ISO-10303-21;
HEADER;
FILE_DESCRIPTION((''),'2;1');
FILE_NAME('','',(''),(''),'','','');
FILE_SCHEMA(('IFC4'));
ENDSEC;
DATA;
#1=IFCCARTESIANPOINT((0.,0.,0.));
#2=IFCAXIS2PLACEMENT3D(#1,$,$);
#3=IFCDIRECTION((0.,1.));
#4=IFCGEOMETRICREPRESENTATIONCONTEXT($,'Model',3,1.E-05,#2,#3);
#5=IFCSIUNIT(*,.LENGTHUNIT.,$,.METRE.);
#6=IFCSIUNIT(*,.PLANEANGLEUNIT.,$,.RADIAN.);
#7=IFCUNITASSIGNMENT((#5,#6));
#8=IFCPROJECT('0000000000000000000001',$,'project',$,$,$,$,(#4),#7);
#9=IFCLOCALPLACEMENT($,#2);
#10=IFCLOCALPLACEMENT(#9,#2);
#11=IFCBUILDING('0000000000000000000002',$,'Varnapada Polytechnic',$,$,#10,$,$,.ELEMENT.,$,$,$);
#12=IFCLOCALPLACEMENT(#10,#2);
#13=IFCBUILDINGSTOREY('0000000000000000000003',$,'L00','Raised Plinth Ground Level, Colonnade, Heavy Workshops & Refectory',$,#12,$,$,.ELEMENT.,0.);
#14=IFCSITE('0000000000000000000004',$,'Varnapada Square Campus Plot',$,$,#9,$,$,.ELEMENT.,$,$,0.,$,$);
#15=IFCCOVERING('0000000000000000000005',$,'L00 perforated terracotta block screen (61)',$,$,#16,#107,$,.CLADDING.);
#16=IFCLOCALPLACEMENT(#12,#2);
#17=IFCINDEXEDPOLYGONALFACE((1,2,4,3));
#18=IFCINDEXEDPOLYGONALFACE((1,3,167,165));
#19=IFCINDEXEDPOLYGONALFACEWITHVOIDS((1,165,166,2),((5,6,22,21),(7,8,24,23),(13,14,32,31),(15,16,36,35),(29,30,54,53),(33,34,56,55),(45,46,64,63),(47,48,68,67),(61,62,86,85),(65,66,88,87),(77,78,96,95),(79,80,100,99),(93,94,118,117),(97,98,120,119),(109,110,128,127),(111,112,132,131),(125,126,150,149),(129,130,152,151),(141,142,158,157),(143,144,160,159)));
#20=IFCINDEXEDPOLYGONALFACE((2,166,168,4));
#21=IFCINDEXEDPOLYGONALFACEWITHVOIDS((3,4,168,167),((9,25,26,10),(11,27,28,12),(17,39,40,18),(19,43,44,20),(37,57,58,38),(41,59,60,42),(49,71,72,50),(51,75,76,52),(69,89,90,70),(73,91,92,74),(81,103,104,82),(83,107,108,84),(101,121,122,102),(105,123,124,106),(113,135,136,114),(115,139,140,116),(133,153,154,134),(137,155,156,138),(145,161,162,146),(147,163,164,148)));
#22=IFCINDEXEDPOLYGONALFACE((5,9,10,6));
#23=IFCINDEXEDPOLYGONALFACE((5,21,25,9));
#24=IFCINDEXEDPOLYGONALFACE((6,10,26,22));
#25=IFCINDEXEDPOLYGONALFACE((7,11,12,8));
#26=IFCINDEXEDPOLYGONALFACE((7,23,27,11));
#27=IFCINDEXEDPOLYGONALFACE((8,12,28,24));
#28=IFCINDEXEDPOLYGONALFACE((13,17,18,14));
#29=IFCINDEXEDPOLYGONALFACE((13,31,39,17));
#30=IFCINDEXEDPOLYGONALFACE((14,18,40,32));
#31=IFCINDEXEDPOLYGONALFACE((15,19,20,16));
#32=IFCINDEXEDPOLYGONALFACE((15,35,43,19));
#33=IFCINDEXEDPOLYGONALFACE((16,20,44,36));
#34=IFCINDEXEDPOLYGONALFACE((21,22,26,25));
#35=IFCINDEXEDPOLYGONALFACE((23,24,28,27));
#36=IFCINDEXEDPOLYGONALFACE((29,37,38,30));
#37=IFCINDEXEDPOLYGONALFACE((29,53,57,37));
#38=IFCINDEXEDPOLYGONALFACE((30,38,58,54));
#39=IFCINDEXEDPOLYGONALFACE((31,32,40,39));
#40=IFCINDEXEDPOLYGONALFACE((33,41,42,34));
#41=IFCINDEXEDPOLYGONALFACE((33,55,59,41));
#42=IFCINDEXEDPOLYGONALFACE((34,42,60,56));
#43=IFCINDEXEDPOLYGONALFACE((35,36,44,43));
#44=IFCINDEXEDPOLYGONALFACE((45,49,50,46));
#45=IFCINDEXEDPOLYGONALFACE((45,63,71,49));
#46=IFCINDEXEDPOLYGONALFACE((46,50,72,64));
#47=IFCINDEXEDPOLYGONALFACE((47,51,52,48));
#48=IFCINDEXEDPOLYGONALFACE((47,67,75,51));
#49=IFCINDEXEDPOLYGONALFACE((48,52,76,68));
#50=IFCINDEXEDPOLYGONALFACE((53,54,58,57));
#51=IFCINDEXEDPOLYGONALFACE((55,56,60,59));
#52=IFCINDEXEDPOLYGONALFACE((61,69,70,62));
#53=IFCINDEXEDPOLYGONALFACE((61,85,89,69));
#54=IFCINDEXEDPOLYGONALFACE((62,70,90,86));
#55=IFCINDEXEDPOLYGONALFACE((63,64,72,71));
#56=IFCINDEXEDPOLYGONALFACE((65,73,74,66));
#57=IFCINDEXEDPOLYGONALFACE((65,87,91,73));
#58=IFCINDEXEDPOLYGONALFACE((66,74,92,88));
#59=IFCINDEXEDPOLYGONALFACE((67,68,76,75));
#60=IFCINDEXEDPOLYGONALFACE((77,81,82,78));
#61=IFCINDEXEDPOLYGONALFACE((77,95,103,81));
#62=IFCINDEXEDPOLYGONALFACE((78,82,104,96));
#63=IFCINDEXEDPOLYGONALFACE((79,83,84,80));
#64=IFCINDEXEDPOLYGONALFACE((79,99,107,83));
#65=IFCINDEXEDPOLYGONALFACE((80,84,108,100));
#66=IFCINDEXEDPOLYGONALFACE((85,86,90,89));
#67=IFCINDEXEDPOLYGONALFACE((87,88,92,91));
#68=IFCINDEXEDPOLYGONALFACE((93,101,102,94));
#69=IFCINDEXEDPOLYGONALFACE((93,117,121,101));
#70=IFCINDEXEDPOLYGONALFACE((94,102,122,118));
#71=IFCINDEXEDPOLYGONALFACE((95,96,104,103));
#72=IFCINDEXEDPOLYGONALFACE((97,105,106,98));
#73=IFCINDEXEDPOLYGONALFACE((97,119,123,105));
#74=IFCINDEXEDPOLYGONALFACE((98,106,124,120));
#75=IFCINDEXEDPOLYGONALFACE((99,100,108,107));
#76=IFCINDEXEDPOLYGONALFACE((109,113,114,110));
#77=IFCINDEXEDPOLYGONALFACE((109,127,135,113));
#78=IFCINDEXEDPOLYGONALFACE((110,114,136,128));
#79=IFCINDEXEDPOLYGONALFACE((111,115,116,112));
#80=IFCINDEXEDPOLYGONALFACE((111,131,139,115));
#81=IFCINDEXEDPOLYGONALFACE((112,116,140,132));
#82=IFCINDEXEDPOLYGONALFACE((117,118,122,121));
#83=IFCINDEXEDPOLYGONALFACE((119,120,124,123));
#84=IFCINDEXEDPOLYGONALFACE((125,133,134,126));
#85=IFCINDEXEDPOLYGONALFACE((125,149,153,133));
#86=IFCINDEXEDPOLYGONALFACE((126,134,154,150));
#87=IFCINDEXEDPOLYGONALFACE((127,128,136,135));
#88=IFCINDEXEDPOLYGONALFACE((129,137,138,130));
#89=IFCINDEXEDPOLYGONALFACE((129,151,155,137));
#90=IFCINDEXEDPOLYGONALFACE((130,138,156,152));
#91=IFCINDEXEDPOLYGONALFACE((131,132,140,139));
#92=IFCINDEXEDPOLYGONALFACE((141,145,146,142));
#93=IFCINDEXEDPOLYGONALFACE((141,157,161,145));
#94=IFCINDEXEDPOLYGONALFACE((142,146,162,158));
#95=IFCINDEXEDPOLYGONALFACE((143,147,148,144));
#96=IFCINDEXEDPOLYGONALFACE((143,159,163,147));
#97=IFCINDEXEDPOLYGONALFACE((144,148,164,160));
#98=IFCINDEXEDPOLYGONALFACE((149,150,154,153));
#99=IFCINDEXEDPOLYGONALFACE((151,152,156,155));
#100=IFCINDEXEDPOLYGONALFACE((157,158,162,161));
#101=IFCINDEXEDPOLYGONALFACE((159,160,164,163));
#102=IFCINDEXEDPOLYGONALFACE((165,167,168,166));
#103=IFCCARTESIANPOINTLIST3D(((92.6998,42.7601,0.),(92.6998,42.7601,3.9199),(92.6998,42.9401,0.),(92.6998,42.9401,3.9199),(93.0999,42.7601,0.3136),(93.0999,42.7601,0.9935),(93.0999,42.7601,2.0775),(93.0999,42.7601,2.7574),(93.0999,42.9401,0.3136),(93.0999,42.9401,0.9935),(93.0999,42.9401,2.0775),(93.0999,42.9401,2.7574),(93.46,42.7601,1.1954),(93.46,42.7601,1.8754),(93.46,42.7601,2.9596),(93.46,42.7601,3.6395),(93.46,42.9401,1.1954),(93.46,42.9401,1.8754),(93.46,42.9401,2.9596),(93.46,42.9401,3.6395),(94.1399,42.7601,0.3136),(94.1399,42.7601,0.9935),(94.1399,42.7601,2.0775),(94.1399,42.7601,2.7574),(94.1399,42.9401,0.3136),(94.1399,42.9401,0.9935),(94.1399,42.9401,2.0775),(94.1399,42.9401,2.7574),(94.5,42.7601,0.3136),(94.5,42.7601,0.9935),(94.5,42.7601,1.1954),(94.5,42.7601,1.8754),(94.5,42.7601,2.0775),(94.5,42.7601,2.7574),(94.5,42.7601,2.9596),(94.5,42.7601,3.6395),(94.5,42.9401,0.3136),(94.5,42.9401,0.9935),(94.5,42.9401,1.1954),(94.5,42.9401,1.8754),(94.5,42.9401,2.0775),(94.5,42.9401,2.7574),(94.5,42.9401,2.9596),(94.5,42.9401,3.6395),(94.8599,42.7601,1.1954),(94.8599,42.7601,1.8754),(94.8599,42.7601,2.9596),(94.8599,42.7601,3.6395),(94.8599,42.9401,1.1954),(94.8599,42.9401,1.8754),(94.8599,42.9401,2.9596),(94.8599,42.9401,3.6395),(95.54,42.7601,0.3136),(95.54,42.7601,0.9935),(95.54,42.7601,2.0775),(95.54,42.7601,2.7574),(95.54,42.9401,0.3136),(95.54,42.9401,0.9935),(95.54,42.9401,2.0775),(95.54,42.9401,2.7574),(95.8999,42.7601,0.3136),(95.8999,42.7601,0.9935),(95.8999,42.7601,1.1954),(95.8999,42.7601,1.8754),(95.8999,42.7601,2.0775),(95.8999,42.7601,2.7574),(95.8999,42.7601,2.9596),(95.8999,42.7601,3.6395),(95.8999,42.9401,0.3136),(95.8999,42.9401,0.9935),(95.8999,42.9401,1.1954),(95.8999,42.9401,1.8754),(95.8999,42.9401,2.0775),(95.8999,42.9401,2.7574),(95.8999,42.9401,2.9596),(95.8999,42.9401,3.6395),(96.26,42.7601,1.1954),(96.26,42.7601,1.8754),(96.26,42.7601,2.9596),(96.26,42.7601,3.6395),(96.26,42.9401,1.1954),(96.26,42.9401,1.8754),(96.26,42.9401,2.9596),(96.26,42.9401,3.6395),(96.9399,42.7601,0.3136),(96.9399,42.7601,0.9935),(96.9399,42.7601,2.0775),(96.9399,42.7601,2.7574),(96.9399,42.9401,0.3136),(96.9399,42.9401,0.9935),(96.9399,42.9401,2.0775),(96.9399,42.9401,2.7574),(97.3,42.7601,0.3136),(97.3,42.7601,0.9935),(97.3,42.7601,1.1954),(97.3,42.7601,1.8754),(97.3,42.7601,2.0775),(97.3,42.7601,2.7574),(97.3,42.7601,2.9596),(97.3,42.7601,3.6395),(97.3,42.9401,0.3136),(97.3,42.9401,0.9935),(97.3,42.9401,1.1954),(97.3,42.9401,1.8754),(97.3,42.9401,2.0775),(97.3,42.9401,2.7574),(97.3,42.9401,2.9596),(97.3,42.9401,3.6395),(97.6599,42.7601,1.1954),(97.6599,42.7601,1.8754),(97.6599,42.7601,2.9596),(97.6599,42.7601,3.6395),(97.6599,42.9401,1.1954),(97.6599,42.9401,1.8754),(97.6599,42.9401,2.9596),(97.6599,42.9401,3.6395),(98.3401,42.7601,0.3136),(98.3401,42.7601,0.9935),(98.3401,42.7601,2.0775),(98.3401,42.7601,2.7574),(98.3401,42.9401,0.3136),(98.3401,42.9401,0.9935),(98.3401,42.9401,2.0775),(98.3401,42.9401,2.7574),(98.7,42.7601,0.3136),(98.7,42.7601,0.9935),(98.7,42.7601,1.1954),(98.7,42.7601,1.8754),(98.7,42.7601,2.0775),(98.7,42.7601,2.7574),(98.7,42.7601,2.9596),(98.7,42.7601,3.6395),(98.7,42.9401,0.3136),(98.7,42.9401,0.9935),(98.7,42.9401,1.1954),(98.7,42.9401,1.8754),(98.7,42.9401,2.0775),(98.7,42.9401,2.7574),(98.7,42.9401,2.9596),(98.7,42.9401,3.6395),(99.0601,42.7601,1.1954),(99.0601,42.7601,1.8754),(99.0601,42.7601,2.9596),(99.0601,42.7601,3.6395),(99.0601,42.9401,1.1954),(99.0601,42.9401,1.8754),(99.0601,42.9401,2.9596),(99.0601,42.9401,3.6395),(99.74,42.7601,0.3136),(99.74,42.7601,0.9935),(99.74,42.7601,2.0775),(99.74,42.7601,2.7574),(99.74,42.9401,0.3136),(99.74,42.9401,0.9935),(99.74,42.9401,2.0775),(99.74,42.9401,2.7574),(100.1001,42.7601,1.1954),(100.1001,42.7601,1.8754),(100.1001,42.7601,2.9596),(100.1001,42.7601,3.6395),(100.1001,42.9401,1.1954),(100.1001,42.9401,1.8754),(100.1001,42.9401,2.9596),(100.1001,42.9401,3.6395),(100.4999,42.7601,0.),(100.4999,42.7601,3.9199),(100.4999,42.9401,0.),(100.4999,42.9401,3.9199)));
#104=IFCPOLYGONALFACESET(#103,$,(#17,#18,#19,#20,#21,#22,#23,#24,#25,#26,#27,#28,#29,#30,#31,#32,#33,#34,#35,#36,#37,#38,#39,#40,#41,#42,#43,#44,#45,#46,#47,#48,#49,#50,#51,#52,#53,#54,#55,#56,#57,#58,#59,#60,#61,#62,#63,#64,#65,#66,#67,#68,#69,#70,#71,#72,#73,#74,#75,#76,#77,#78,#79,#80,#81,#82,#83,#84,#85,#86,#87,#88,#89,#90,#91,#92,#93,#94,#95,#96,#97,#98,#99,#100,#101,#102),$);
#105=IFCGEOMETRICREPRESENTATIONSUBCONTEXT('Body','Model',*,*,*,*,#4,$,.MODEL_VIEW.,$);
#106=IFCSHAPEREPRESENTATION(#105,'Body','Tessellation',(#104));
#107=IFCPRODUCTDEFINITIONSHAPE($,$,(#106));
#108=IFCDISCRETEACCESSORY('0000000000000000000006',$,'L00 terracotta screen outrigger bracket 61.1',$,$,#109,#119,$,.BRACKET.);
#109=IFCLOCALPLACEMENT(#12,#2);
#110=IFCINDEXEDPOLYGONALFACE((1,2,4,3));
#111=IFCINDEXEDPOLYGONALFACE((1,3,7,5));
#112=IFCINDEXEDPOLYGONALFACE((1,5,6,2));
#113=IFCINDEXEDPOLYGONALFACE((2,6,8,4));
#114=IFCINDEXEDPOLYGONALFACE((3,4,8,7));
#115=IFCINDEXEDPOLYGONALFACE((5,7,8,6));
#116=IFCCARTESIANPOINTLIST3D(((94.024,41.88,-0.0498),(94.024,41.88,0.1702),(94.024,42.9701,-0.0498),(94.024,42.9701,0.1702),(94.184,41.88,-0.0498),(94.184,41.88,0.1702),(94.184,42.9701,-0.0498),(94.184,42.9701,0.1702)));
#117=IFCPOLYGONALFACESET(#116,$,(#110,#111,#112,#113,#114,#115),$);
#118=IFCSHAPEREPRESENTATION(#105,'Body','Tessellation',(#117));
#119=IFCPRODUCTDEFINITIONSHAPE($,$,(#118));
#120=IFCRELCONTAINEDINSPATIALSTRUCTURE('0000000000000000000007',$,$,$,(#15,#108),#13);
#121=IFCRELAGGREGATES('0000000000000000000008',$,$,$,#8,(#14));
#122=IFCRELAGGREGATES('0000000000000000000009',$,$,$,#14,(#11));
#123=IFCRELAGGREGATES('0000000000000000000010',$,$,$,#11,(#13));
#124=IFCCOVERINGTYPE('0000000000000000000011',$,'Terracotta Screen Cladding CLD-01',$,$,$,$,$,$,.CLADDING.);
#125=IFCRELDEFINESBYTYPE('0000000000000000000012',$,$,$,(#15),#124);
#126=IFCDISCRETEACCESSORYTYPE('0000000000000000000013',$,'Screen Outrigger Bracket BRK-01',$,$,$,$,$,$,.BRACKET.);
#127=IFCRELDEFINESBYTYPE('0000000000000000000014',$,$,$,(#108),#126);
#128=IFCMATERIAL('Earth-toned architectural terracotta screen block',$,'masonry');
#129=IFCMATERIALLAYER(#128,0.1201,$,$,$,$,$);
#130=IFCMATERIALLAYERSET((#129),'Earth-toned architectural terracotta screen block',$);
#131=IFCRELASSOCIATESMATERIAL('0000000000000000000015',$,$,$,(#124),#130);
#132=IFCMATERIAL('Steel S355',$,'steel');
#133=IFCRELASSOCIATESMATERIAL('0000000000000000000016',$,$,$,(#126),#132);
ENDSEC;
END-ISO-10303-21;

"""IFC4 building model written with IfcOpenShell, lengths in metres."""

from ifc_helpers import new_model, si_unit, direction, frame, frame_2d, origin, origin_2d, place, context, subcontext, project, spatial, rectangle, extrude, material, layer, layer_set, type_object, element, save


model = new_model("IFC4")

# Units and contexts
model_context = context("Model", 3, precision=1e-05, world=origin(), true_north=direction((0.0, 1.0)))
body_context = subcontext(model_context, "Body", "Model", "MODEL_VIEW")
ifc_project = project(units=[si_unit("LENGTHUNIT", "METRE"), si_unit("PLANEANGLEUNIT", "RADIAN")], contexts=[model_context])

# Site, building, storey
site_placement = place(None, origin())
site = spatial("IfcSite", under=ifc_project, at=site_placement, Name="Varnapada Square Campus Plot", CompositionType="ELEMENT", RefElevation=0.0)
building_placement = place(site_placement, origin())
building = spatial("IfcBuilding", under=site, at=building_placement, Name="Varnapada Polytechnic", CompositionType="ELEMENT")
storey_placement = place(building_placement, origin())
storey = spatial("IfcBuildingStorey", under=building, at=storey_placement, Name="L00", Description="Raised Plinth Ground Level, Colonnade, Heavy Workshops & Refectory", CompositionType="ELEMENT", Elevation=0.0)

# Shared definitions
ifc_material_1 = material(Name="Steel S355", Category="steel")

# Covering, openings
ifc_material_2 = material(Name="Earth-toned architectural terracotta screen block", Category="masonry")
ifc_layer_1 = layer(ifc_material_2, 0.1201)
ifc_layer_set_1 = layer_set([ifc_layer_1], Name="Earth-toned architectural terracotta screen block")
covering_type = type_object("IfcCoveringType", Name="Terracotta Screen Cladding CLD-01", PredefinedType="CLADDING", material=ifc_layer_set_1)
covering_placement = place(storey_placement, frame((92.7, 42.8501, 0.0), z_axis=(0.0, 0.0, 1.0), x_axis=(1.0, 0.0, 0.0)))
covering = element("IfcCovering", 1, at=covering_placement, inside=storey, type_object=covering_type, Name="L00 perforated terracotta block screen (61)", PredefinedType="CLADDING", context=body_context, shape_type="SweptSolid", body=[
    extrude(rectangle(XDim=7.8, YDim=0.1799, at=frame_2d((3.8999, 0.0))), origin(), (0.0, 0.0, 1.0), 3.9199),
])
opening_1_placement = place(covering_placement, frame((0.3999, 0.0, 0.3137)))
element("IfcOpeningElement", 2, at=opening_1_placement, cuts=covering, PredefinedType="OPENING", context=body_context, shape_type="SweptSolid", body=[
    extrude(rectangle(XDim=1.04, YDim=0.6799, at=frame_2d((0.52, 0.3398))), frame((0.0, 0.0999, 0.0), z_axis=(0.0, -1.0, 0.0), x_axis=(1.0, 0.0, 0.0)), (0.0, 0.0, 1.0), 0.2),
])
opening_2_placement = place(covering_placement, frame((1.8, 0.0, 0.3137)))
element("IfcOpeningElement", 3, at=opening_2_placement, cuts=covering, PredefinedType="OPENING", context=body_context, shape_type="SweptSolid", body=[
    extrude(rectangle(XDim=1.04, YDim=0.6799, at=frame_2d((0.52, 0.3398))), frame((0.0, 0.0999, 0.0), z_axis=(0.0, -1.0, 0.0), x_axis=(1.0, 0.0, 0.0)), (0.0, 0.0, 1.0), 0.2),
])
opening_3_placement = place(covering_placement, frame((3.2, 0.0, 0.3137)))
element("IfcOpeningElement", 4, at=opening_3_placement, cuts=covering, PredefinedType="OPENING", context=body_context, shape_type="SweptSolid", body=[
    extrude(rectangle(XDim=1.04, YDim=0.6799, at=frame_2d((0.52, 0.3398))), frame((0.0, 0.0999, 0.0), z_axis=(0.0, -1.0, 0.0), x_axis=(1.0, 0.0, 0.0)), (0.0, 0.0, 1.0), 0.2),
])
opening_4_placement = place(covering_placement, frame((4.6001, 0.0, 0.3137)))
element("IfcOpeningElement", 5, at=opening_4_placement, cuts=covering, PredefinedType="OPENING", context=body_context, shape_type="SweptSolid", body=[
    extrude(rectangle(XDim=1.04, YDim=0.6799, at=frame_2d((0.52, 0.3398))), frame((0.0, 0.0999, 0.0), z_axis=(0.0, -1.0, 0.0), x_axis=(1.0, 0.0, 0.0)), (0.0, 0.0, 1.0), 0.2),
])
opening_5_placement = place(covering_placement, frame((6.0, 0.0, 0.3137)))
element("IfcOpeningElement", 6, at=opening_5_placement, cuts=covering, PredefinedType="OPENING", context=body_context, shape_type="SweptSolid", body=[
    extrude(rectangle(XDim=1.04, YDim=0.6799, at=frame_2d((0.52, 0.3398))), frame((0.0, 0.0999, 0.0), z_axis=(0.0, -1.0, 0.0), x_axis=(1.0, 0.0, 0.0)), (0.0, 0.0, 1.0), 0.2),
])
opening_6_placement = place(covering_placement, frame((0.76, 0.0, 1.1956)))
element("IfcOpeningElement", 7, at=opening_6_placement, cuts=covering, PredefinedType="OPENING", context=body_context, shape_type="SweptSolid", body=[
    extrude(rectangle(XDim=1.04, YDim=0.6799, at=frame_2d((0.52, 0.3398))), frame((0.0, 0.0999, 0.0), z_axis=(0.0, -1.0, 0.0), x_axis=(1.0, 0.0, 0.0)), (0.0, 0.0, 1.0), 0.2),
])
opening_7_placement = place(covering_placement, frame((2.1599, 0.0, 1.1956)))
element("IfcOpeningElement", 8, at=opening_7_placement, cuts=covering, PredefinedType="OPENING", context=body_context, shape_type="SweptSolid", body=[
    extrude(rectangle(XDim=1.04, YDim=0.6799, at=frame_2d((0.52, 0.3398))), frame((0.0, 0.0999, 0.0), z_axis=(0.0, -1.0, 0.0), x_axis=(1.0, 0.0, 0.0)), (0.0, 0.0, 1.0), 0.2),
])
opening_8_placement = place(covering_placement, frame((3.5601, 0.0, 1.1956)))
element("IfcOpeningElement", 9, at=opening_8_placement, cuts=covering, PredefinedType="OPENING", context=body_context, shape_type="SweptSolid", body=[
    extrude(rectangle(XDim=1.04, YDim=0.6799, at=frame_2d((0.52, 0.3398))), frame((0.0, 0.0999, 0.0), z_axis=(0.0, -1.0, 0.0), x_axis=(1.0, 0.0, 0.0)), (0.0, 0.0, 1.0), 0.2),
])
opening_9_placement = place(covering_placement, frame((4.96, 0.0, 1.1956)))
element("IfcOpeningElement", 10, at=opening_9_placement, cuts=covering, PredefinedType="OPENING", context=body_context, shape_type="SweptSolid", body=[
    extrude(rectangle(XDim=1.04, YDim=0.6799, at=frame_2d((0.52, 0.3398))), frame((0.0, 0.0999, 0.0), z_axis=(0.0, -1.0, 0.0), x_axis=(1.0, 0.0, 0.0)), (0.0, 0.0, 1.0), 0.2),
])
opening_10_placement = place(covering_placement, frame((6.3601, 0.0, 1.1956)))
element("IfcOpeningElement", 11, at=opening_10_placement, cuts=covering, PredefinedType="OPENING", context=body_context, shape_type="SweptSolid", body=[
    extrude(rectangle(XDim=1.04, YDim=0.6799, at=frame_2d((0.52, 0.3398))), frame((0.0, 0.0999, 0.0), z_axis=(0.0, -1.0, 0.0), x_axis=(1.0, 0.0, 0.0)), (0.0, 0.0, 1.0), 0.2),
])
opening_11_placement = place(covering_placement, frame((0.3999, 0.0, 2.0776)))
element("IfcOpeningElement", 12, at=opening_11_placement, cuts=covering, PredefinedType="OPENING", context=body_context, shape_type="SweptSolid", body=[
    extrude(rectangle(XDim=1.04, YDim=0.6799, at=frame_2d((0.52, 0.3398))), frame((0.0, 0.0999, 0.0), z_axis=(0.0, -1.0, 0.0), x_axis=(1.0, 0.0, 0.0)), (0.0, 0.0, 1.0), 0.2),
])
opening_12_placement = place(covering_placement, frame((1.8, 0.0, 2.0776)))
element("IfcOpeningElement", 13, at=opening_12_placement, cuts=covering, PredefinedType="OPENING", context=body_context, shape_type="SweptSolid", body=[
    extrude(rectangle(XDim=1.04, YDim=0.6799, at=frame_2d((0.52, 0.3398))), frame((0.0, 0.0999, 0.0), z_axis=(0.0, -1.0, 0.0), x_axis=(1.0, 0.0, 0.0)), (0.0, 0.0, 1.0), 0.2),
])
opening_13_placement = place(covering_placement, frame((3.2, 0.0, 2.0776)))
element("IfcOpeningElement", 14, at=opening_13_placement, cuts=covering, PredefinedType="OPENING", context=body_context, shape_type="SweptSolid", body=[
    extrude(rectangle(XDim=1.04, YDim=0.6799, at=frame_2d((0.52, 0.3398))), frame((0.0, 0.0999, 0.0), z_axis=(0.0, -1.0, 0.0), x_axis=(1.0, 0.0, 0.0)), (0.0, 0.0, 1.0), 0.2),
])
opening_14_placement = place(covering_placement, frame((4.6001, 0.0, 2.0776)))
element("IfcOpeningElement", 15, at=opening_14_placement, cuts=covering, PredefinedType="OPENING", context=body_context, shape_type="SweptSolid", body=[
    extrude(rectangle(XDim=1.04, YDim=0.6799, at=frame_2d((0.52, 0.3398))), frame((0.0, 0.0999, 0.0), z_axis=(0.0, -1.0, 0.0), x_axis=(1.0, 0.0, 0.0)), (0.0, 0.0, 1.0), 0.2),
])
opening_15_placement = place(covering_placement, frame((6.0, 0.0, 2.0776)))
element("IfcOpeningElement", 16, at=opening_15_placement, cuts=covering, PredefinedType="OPENING", context=body_context, shape_type="SweptSolid", body=[
    extrude(rectangle(XDim=1.04, YDim=0.6799, at=frame_2d((0.52, 0.3398))), frame((0.0, 0.0999, 0.0), z_axis=(0.0, -1.0, 0.0), x_axis=(1.0, 0.0, 0.0)), (0.0, 0.0, 1.0), 0.2),
])
opening_16_placement = place(covering_placement, frame((0.76, 0.0, 2.9597)))
element("IfcOpeningElement", 17, at=opening_16_placement, cuts=covering, PredefinedType="OPENING", context=body_context, shape_type="SweptSolid", body=[
    extrude(rectangle(XDim=1.04, YDim=0.6799, at=frame_2d((0.52, 0.3398))), frame((0.0, 0.0999, 0.0), z_axis=(0.0, -1.0, 0.0), x_axis=(1.0, 0.0, 0.0)), (0.0, 0.0, 1.0), 0.2),
])
opening_17_placement = place(covering_placement, frame((2.1599, 0.0, 2.9597)))
element("IfcOpeningElement", 18, at=opening_17_placement, cuts=covering, PredefinedType="OPENING", context=body_context, shape_type="SweptSolid", body=[
    extrude(rectangle(XDim=1.04, YDim=0.6799, at=frame_2d((0.52, 0.3398))), frame((0.0, 0.0999, 0.0), z_axis=(0.0, -1.0, 0.0), x_axis=(1.0, 0.0, 0.0)), (0.0, 0.0, 1.0), 0.2),
])
opening_18_placement = place(covering_placement, frame((3.5601, 0.0, 2.9597)))
element("IfcOpeningElement", 19, at=opening_18_placement, cuts=covering, PredefinedType="OPENING", context=body_context, shape_type="SweptSolid", body=[
    extrude(rectangle(XDim=1.04, YDim=0.6799, at=frame_2d((0.52, 0.3398))), frame((0.0, 0.0999, 0.0), z_axis=(0.0, -1.0, 0.0), x_axis=(1.0, 0.0, 0.0)), (0.0, 0.0, 1.0), 0.2),
])
opening_19_placement = place(covering_placement, frame((4.96, 0.0, 2.9597)))
element("IfcOpeningElement", 20, at=opening_19_placement, cuts=covering, PredefinedType="OPENING", context=body_context, shape_type="SweptSolid", body=[
    extrude(rectangle(XDim=1.04, YDim=0.6799, at=frame_2d((0.52, 0.3398))), frame((0.0, 0.0999, 0.0), z_axis=(0.0, -1.0, 0.0), x_axis=(1.0, 0.0, 0.0)), (0.0, 0.0, 1.0), 0.2),
])
opening_20_placement = place(covering_placement, frame((6.3601, 0.0, 2.9597)))
element("IfcOpeningElement", 21, at=opening_20_placement, cuts=covering, PredefinedType="OPENING", context=body_context, shape_type="SweptSolid", body=[
    extrude(rectangle(XDim=1.04, YDim=0.6799, at=frame_2d((0.52, 0.3398))), frame((0.0, 0.0999, 0.0), z_axis=(0.0, -1.0, 0.0), x_axis=(1.0, 0.0, 0.0)), (0.0, 0.0, 1.0), 0.2),
])

# Discrete accessory
discrete_accessory_type = type_object("IfcDiscreteAccessoryType", Name="Screen Outrigger Bracket BRK-01", PredefinedType="BRACKET", material=ifc_material_1)
discrete_accessory_placement = place(storey_placement, frame((94.104, 42.425, -0.0498), z_axis=(0.0, 0.0, 1.0), x_axis=(1.0, 0.0, 0.0)))
element("IfcDiscreteAccessory", 22, at=discrete_accessory_placement, inside=storey, type_object=discrete_accessory_type, Name="L00 terracotta screen outrigger bracket 61.1", PredefinedType="BRACKET", context=body_context, shape_type="SweptSolid", body=[
    extrude(rectangle(XDim=0.1599, YDim=1.0901, at=origin_2d()), origin(), (0.0, 0.0, 1.0), 0.22),
])

save(model, "model.ifc")
